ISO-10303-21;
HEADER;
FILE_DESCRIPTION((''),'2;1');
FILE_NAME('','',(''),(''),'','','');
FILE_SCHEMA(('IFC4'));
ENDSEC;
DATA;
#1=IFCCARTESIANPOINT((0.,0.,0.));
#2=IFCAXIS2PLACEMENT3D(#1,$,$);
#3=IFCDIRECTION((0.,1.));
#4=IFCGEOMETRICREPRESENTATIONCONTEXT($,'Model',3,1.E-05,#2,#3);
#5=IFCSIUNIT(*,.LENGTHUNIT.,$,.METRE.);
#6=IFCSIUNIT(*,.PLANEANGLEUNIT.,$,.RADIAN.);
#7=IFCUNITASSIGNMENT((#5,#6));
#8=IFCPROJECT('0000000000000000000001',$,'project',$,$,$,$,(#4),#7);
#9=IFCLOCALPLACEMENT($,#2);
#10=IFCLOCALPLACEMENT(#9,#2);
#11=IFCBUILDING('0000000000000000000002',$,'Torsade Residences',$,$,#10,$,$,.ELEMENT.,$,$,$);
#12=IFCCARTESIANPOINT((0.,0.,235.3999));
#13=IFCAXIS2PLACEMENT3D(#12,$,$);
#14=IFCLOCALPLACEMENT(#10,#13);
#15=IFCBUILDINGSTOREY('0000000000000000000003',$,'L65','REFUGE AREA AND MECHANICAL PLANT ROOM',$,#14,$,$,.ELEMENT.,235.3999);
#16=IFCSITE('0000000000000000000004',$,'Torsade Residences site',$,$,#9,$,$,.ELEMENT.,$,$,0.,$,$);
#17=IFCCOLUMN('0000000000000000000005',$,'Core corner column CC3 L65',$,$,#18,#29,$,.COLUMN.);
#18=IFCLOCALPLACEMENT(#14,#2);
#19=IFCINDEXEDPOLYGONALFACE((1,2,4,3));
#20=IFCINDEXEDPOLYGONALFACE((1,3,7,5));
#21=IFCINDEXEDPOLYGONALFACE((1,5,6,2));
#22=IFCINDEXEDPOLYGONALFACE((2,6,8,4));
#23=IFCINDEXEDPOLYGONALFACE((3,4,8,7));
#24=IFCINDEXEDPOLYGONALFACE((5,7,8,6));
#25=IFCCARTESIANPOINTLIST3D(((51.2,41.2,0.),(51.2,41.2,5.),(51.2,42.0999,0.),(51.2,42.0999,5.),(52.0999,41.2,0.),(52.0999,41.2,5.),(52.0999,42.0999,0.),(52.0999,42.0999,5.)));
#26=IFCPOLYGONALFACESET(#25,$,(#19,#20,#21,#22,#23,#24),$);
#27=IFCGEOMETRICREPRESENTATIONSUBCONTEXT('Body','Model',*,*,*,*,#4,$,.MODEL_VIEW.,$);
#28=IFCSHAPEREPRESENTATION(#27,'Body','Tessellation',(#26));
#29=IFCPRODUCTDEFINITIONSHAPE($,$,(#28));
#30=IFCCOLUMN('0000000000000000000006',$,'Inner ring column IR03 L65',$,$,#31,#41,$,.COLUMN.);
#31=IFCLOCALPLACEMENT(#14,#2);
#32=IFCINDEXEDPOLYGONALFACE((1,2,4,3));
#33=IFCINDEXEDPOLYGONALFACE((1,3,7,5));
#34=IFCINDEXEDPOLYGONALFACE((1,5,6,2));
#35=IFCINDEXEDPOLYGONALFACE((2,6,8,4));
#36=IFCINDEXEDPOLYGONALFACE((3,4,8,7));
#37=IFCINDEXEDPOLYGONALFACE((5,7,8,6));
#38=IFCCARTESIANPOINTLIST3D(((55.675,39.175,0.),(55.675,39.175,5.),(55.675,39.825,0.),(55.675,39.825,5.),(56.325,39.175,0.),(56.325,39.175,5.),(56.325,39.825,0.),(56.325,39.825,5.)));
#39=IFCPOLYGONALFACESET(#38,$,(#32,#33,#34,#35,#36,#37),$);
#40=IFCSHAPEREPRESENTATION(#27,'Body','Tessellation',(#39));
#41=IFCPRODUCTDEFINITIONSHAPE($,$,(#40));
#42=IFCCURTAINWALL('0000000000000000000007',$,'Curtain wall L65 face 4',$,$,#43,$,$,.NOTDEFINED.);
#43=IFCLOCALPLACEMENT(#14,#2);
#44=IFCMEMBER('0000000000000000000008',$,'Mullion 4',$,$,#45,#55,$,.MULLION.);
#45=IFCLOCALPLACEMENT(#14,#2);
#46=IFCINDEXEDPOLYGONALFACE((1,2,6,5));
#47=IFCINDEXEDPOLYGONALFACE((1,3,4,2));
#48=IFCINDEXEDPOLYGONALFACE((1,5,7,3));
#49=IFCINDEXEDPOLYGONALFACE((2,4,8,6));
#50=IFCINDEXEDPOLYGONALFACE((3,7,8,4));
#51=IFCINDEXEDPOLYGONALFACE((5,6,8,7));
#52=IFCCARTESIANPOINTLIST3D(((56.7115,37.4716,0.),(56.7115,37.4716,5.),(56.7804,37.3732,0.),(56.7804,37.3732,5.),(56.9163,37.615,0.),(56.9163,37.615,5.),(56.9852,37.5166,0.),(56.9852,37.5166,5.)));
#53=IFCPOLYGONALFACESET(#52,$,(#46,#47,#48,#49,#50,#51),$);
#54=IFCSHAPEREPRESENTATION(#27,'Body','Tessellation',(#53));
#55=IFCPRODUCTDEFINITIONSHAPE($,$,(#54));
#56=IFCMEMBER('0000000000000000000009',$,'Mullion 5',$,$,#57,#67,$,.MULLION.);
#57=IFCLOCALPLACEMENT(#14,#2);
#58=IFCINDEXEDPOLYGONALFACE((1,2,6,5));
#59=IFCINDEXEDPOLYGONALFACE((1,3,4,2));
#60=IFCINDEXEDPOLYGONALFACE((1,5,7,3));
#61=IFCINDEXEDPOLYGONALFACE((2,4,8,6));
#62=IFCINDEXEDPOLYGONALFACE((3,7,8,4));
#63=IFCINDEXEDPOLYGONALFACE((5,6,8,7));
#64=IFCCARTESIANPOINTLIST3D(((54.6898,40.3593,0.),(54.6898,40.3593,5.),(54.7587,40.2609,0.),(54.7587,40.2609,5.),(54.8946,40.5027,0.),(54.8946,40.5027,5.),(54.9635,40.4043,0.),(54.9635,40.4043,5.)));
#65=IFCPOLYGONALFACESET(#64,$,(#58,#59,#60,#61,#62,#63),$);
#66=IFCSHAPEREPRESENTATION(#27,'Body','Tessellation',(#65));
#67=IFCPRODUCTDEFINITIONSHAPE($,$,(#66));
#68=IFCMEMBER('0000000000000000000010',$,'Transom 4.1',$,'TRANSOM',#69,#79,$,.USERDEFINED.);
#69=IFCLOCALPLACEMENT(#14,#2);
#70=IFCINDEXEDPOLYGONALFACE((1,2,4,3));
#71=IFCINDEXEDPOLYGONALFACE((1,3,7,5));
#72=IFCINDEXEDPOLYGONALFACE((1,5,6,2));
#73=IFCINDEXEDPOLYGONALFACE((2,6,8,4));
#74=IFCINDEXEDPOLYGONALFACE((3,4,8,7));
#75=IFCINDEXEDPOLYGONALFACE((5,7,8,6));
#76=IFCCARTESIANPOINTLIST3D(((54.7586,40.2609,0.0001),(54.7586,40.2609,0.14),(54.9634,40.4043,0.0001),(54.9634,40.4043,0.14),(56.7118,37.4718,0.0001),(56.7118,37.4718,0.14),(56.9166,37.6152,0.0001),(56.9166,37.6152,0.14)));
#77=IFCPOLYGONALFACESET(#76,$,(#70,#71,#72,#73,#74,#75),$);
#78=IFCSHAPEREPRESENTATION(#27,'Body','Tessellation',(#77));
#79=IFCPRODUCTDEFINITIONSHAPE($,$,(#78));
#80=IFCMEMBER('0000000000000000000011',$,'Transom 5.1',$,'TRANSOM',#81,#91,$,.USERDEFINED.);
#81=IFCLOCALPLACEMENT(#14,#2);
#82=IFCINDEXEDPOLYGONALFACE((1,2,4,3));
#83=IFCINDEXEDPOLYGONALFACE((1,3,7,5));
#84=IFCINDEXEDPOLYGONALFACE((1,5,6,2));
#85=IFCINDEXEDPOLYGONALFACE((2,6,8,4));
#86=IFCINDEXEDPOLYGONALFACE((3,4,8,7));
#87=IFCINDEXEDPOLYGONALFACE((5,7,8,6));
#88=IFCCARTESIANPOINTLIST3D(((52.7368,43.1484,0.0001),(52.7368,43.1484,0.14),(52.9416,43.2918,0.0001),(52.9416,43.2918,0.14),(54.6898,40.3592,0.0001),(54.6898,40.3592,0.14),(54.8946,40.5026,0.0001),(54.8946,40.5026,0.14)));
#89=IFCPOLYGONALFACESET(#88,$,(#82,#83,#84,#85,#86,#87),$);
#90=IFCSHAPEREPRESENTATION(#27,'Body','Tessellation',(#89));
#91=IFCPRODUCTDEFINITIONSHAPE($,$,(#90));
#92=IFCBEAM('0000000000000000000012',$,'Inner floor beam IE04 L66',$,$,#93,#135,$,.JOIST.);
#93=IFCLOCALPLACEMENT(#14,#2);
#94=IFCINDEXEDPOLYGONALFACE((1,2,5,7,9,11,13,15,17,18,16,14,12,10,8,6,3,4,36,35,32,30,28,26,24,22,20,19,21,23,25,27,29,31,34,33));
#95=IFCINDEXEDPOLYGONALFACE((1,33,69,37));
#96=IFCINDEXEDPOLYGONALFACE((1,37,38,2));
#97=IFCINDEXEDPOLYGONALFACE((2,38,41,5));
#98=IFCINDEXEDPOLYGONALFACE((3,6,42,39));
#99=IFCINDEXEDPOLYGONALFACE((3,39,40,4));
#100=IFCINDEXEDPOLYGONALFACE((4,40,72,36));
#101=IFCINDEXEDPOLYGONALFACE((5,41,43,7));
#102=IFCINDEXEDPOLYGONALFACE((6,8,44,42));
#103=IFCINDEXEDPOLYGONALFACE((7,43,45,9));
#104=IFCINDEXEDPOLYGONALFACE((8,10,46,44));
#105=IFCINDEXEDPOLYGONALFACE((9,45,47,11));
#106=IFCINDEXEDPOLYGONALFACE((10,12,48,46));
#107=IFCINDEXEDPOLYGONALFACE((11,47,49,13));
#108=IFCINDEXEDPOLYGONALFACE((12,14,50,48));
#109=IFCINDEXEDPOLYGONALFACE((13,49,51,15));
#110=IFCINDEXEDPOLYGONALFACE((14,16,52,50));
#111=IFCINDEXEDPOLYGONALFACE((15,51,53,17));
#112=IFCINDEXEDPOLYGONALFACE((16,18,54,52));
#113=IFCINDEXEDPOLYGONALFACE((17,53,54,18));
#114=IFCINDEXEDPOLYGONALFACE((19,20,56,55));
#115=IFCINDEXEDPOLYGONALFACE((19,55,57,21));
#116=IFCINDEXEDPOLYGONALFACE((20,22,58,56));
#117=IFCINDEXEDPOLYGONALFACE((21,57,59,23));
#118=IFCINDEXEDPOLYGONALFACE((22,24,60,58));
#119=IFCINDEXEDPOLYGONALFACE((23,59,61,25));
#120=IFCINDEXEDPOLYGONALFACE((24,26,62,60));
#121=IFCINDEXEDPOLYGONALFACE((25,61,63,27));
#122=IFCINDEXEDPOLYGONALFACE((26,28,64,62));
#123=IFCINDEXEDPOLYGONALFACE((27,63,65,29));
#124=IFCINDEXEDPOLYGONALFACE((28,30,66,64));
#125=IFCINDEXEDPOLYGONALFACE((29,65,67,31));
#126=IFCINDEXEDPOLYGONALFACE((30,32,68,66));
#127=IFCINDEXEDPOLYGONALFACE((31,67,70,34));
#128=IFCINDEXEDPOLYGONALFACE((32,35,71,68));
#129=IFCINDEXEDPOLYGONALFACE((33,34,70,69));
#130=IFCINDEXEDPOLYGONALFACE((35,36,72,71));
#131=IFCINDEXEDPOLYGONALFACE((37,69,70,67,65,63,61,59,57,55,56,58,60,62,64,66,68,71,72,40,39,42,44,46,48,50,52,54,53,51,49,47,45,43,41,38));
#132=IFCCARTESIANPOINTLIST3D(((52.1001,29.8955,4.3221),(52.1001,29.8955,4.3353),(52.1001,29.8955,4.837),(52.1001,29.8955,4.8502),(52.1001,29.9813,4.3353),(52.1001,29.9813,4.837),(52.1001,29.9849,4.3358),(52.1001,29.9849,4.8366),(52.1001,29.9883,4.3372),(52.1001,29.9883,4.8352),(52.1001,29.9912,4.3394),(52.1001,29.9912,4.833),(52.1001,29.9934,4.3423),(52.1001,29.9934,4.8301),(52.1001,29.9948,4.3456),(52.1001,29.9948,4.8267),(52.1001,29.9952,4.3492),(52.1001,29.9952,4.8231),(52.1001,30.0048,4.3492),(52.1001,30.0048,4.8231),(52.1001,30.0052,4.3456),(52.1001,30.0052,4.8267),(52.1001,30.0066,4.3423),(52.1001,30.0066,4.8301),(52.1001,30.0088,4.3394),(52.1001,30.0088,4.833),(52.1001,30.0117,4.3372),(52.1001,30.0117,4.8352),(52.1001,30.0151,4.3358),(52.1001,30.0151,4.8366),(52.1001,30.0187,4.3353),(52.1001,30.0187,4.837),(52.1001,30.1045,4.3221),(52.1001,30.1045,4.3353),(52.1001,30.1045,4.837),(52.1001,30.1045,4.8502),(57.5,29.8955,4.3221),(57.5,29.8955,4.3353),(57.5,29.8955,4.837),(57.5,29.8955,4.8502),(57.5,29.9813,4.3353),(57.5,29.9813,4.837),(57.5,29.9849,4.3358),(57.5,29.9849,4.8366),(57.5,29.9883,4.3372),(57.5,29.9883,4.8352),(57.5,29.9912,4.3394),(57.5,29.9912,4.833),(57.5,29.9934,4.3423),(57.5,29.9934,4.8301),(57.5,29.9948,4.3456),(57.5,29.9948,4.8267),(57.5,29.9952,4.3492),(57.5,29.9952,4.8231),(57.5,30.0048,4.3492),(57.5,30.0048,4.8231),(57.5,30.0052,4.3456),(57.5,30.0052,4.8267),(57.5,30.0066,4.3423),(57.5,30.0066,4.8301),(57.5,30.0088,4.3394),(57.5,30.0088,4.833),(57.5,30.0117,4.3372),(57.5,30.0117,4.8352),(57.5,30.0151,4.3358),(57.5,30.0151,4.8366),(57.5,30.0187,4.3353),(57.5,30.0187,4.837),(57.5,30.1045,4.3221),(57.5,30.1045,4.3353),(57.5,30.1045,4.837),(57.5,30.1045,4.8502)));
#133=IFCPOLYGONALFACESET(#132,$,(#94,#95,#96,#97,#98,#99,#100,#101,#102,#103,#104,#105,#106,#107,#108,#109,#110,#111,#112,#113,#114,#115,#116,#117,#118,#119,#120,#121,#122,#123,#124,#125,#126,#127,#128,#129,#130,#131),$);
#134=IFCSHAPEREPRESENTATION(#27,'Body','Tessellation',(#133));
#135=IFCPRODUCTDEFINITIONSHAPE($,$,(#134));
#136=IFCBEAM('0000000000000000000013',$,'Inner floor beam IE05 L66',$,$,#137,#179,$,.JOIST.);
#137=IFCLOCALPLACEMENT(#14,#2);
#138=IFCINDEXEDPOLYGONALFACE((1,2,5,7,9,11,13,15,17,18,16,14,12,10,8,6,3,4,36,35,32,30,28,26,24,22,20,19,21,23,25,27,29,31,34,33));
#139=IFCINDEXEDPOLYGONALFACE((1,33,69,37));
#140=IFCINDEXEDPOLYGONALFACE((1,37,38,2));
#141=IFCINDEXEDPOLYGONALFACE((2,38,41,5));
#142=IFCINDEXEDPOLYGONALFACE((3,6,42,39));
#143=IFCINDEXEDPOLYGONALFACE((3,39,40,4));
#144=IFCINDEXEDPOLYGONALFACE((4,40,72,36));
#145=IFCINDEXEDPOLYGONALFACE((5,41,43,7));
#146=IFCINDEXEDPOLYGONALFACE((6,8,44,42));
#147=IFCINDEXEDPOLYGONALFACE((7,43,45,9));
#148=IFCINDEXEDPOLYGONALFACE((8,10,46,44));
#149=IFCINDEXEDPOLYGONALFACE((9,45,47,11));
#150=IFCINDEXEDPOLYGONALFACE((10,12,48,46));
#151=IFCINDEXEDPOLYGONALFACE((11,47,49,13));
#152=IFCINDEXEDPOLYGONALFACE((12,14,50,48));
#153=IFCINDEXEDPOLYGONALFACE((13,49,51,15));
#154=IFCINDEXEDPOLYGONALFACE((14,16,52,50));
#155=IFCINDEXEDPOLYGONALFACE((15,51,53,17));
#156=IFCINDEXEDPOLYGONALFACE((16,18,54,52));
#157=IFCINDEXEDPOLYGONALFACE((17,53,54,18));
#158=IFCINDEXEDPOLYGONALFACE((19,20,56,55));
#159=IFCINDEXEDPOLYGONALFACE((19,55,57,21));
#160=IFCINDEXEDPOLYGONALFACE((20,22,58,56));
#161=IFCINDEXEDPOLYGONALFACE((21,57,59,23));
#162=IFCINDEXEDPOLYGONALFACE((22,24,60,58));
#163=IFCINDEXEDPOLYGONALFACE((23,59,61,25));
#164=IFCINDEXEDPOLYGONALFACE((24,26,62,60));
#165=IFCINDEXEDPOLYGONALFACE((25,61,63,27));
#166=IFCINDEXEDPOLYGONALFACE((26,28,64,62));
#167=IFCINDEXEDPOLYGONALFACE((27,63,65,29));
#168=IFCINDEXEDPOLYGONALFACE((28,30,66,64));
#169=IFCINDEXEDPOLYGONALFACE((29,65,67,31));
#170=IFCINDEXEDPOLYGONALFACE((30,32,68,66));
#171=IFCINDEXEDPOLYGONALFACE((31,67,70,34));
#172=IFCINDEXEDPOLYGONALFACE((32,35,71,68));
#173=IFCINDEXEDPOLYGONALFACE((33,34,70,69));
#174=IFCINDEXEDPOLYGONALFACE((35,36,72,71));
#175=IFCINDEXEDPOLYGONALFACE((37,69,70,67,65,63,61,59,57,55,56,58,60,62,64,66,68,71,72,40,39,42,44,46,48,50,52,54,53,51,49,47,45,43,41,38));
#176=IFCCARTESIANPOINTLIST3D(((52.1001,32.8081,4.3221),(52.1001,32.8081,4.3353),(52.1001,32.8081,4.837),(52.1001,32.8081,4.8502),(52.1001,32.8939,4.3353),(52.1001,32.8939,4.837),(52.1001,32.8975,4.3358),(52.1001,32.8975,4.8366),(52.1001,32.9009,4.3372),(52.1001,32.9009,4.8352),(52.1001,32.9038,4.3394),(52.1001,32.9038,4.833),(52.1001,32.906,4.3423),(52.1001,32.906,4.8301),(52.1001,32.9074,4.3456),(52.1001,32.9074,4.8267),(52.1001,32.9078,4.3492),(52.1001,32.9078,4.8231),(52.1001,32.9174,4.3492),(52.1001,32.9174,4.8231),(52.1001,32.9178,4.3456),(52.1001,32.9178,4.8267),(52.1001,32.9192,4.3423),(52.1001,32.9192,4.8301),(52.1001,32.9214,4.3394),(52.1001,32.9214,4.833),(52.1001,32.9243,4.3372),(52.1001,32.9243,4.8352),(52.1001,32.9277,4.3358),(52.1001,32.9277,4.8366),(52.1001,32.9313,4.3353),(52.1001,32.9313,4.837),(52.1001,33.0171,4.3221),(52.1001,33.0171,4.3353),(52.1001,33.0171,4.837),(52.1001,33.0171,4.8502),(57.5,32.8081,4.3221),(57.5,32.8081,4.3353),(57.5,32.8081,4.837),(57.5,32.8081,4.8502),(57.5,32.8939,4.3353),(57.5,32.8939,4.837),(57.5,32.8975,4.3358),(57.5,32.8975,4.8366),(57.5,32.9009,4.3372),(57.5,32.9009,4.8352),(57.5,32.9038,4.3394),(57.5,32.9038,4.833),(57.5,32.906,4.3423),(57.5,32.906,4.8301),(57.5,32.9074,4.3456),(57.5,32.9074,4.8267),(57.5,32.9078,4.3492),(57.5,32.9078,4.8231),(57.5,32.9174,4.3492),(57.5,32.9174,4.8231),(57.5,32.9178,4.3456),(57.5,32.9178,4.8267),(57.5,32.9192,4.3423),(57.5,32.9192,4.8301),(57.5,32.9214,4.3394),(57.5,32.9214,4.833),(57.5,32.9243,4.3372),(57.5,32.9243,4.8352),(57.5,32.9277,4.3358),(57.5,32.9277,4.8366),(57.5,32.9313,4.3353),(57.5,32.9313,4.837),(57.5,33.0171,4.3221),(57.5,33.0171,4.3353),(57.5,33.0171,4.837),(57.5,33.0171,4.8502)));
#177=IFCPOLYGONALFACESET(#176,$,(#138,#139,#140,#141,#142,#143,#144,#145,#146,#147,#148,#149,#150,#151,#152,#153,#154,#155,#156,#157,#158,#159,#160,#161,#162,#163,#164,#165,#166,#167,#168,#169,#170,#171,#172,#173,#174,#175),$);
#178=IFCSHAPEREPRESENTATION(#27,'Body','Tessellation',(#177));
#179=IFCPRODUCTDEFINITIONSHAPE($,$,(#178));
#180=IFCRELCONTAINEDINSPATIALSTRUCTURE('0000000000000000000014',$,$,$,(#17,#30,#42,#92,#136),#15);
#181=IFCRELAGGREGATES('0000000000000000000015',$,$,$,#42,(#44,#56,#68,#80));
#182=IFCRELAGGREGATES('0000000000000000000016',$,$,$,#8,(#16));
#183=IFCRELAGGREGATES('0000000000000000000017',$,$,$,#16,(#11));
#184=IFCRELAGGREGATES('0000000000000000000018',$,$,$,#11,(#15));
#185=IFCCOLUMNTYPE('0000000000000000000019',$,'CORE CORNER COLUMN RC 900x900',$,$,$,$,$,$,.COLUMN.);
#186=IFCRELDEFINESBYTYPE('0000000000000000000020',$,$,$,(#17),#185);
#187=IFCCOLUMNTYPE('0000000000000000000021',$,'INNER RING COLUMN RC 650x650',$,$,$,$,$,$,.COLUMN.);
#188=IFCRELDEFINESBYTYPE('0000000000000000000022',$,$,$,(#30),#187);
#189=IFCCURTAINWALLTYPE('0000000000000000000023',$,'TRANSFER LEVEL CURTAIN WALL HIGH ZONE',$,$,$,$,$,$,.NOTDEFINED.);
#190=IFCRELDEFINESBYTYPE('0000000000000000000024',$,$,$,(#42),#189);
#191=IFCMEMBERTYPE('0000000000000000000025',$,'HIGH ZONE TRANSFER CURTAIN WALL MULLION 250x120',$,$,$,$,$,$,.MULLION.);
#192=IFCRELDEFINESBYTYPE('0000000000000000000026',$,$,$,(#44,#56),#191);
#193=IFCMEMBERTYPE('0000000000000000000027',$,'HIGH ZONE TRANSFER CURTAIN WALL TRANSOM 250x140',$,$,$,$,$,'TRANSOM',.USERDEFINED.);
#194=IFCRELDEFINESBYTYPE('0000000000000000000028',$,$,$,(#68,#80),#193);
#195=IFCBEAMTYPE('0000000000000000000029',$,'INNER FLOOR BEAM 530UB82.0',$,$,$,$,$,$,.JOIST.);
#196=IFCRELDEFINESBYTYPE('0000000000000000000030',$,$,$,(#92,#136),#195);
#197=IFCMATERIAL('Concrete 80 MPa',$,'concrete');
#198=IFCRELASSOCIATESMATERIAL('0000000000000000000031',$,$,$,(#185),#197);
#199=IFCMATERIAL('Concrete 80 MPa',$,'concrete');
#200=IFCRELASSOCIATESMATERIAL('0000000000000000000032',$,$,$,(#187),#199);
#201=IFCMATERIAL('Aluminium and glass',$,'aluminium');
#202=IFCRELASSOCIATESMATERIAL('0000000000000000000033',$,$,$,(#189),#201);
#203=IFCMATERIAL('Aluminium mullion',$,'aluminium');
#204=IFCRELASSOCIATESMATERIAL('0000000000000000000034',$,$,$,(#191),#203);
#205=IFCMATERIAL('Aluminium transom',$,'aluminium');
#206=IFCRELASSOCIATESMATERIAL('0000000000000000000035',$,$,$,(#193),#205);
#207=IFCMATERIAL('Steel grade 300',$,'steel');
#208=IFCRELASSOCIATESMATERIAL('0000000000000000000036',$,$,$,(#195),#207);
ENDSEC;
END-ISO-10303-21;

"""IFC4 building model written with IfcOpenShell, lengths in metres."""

from ifc_helpers import new_model, si_unit, direction, frame, origin, origin_2d, place, context, subcontext, project, spatial, rectangle, i_section, extrude, material, material_profile, profile_set, type_object, element, aggregate, save


model = new_model("IFC4")

# Units and contexts
model_context = context("Model", 3, precision=1e-05, world=origin(), true_north=direction((0.0, 1.0)))
body_context = subcontext(model_context, "Body", "Model", "MODEL_VIEW")
ifc_project = project(units=[si_unit("LENGTHUNIT", "METRE"), si_unit("PLANEANGLEUNIT", "RADIAN")], contexts=[model_context])

# Site, building, storey
site_placement = place(None, origin())
site = spatial("IfcSite", under=ifc_project, at=site_placement, Name="Torsade Residences site", CompositionType="ELEMENT", RefElevation=0.0)
building_placement = place(site_placement, origin())
building = spatial("IfcBuilding", under=site, at=building_placement, Name="Torsade Residences", CompositionType="ELEMENT")
storey_placement = place(building_placement, frame((0.0, 0.0, 235.3999)))
storey = spatial("IfcBuildingStorey", under=building, at=storey_placement, Name="L65", Description="REFUGE AREA AND MECHANICAL PLANT ROOM", CompositionType="ELEMENT", Elevation=235.3999)

# Columns
ifc_material_1 = material(Name="Concrete 80 MPa", Category="concrete")
ifc_material_profile_1 = material_profile(ifc_material_1, rectangle(XDim=0.8999, YDim=0.8999, at=origin_2d()), Name="RC 900x900")
ifc_profile_set_1 = profile_set([ifc_material_profile_1], Name="Concrete 80 MPa")
column_type_1 = type_object("IfcColumnType", Name="CORE CORNER COLUMN RC 900x900", PredefinedType="COLUMN", material=ifc_profile_set_1)
column_1_placement = place(storey_placement, frame((51.6499, 41.6499, 0.0), z_axis=(0.0, 0.0, 1.0), x_axis=(1.0, 0.0, 0.0)))
element("IfcColumn", 1, at=column_1_placement, inside=storey, type_object=column_type_1, Name="Core corner column CC3 L65", PredefinedType="COLUMN", context=body_context, shape_type="SweptSolid", body=[
    extrude(rectangle(XDim=0.8999, YDim=0.8999, at=origin_2d()), origin(), (0.0, 0.0, 1.0), 5.0),
])
ifc_material_2 = material(Name="Concrete 80 MPa", Category="concrete")
ifc_material_profile_2 = material_profile(ifc_material_2, rectangle(XDim=0.6499, YDim=0.6499, at=origin_2d()), Name="RC 650x650")
ifc_profile_set_2 = profile_set([ifc_material_profile_2], Name="Concrete 80 MPa")
column_type_2 = type_object("IfcColumnType", Name="INNER RING COLUMN RC 650x650", PredefinedType="COLUMN", material=ifc_profile_set_2)
column_2_placement = place(storey_placement, frame((56.0, 39.5, 0.0), z_axis=(0.0, 0.0, 1.0), x_axis=(1.0, 0.0, 0.0)))
element("IfcColumn", 2, at=column_2_placement, inside=storey, type_object=column_type_2, Name="Inner ring column IR03 L65", PredefinedType="COLUMN", context=body_context, shape_type="SweptSolid", body=[
    extrude(rectangle(XDim=0.6499, YDim=0.6499, at=origin_2d()), origin(), (0.0, 0.0, 1.0), 5.0),
])

# Curtain wall, members
ifc_material_3 = material(Name="Aluminium and glass", Category="aluminium")
curtain_wall_type = type_object("IfcCurtainWallType", Name="TRANSFER LEVEL CURTAIN WALL HIGH ZONE", PredefinedType="NOTDEFINED", material=ifc_material_3)
curtain_wall_placement = place(storey_placement, origin())
curtain_wall = element("IfcCurtainWall", 3, at=curtain_wall_placement, inside=storey, type_object=curtain_wall_type, Name="Curtain wall L65 face 4", PredefinedType="NOTDEFINED")
ifc_material_4 = material(Name="Aluminium mullion", Category="aluminium")
ifc_material_profile_3 = material_profile(ifc_material_4, rectangle(XDim=0.25, YDim=0.1201, at=origin_2d()), Name="HIGH ZONE TRANSFER CURTAIN WALL MULLION 250x120")
ifc_profile_set_3 = profile_set([ifc_material_profile_3], Name="Aluminium mullion")
member_type_1 = type_object("IfcMemberType", Name="HIGH ZONE TRANSFER CURTAIN WALL MULLION 250x120", PredefinedType="MULLION", material=ifc_profile_set_3)
member_1_placement = place(storey_placement, frame((56.8484, 37.4941, 0.0), z_axis=(0.0, 0.0, 1.0), x_axis=(-0.819152, -0.573576, 0.0)))
member_1 = element("IfcMember", 4, at=member_1_placement, type_object=member_type_1, Name="Mullion 4", PredefinedType="MULLION", context=body_context, shape_type="SweptSolid", body=[
    extrude(rectangle(XDim=0.25, YDim=0.1201, at=origin_2d()), origin(), (0.0, 0.0, 1.0), 5.0),
])
member_2_placement = place(storey_placement, frame((54.8267, 40.3818, 0.0), z_axis=(0.0, 0.0, 1.0), x_axis=(-0.819152, -0.573576, 0.0)))
member_2 = element("IfcMember", 5, at=member_2_placement, type_object=member_type_1, Name="Mullion 5", PredefinedType="MULLION", context=body_context, shape_type="SweptSolid", body=[
    extrude(rectangle(XDim=0.25, YDim=0.1201, at=origin_2d()), origin(), (0.0, 0.0, 1.0), 5.0),
])
ifc_material_5 = material(Name="Aluminium transom", Category="aluminium")
ifc_material_profile_4 = material_profile(ifc_material_5, rectangle(XDim=0.25, YDim=0.1399, at=origin_2d()), Name="HIGH ZONE TRANSFER CURTAIN WALL TRANSOM 250x140")
ifc_profile_set_4 = profile_set([ifc_material_profile_4], Name="Aluminium transom")
member_type_2 = type_object("IfcMemberType", Name="HIGH ZONE TRANSFER CURTAIN WALL TRANSOM 250x140", ElementType="TRANSOM", PredefinedType="USERDEFINED", material=ifc_profile_set_4)
member_3_placement = place(storey_placement, frame((56.8142, 37.5435, 0.0701), z_axis=(-0.573616, 0.819124, 0.0), x_axis=(-0.819124, -0.573616, 0.0)))
member_3 = element("IfcMember", 6, at=member_3_placement, type_object=member_type_2, Name="Transom 4.1", ObjectType="TRANSOM", PredefinedType="USERDEFINED", context=body_context, shape_type="SweptSolid", body=[
    extrude(rectangle(XDim=0.25, YDim=0.1399, at=origin_2d()), origin(), (0.0, 0.0, 1.0), 3.405),
])
member_4_placement = place(storey_placement, frame((54.7922, 40.4309, 0.0701), z_axis=(-0.573583, 0.819148, 0.0), x_axis=(-0.819148, -0.573583, 0.0)))
member_4 = element("IfcMember", 7, at=member_4_placement, type_object=member_type_2, Name="Transom 5.1", ObjectType="TRANSOM", PredefinedType="USERDEFINED", context=body_context, shape_type="SweptSolid", body=[
    extrude(rectangle(XDim=0.25, YDim=0.1399, at=origin_2d()), origin(), (0.0, 0.0, 1.0), 3.405),
])

# Beams
ifc_material_6 = material(Name="Steel grade 300", Category="steel")
ifc_material_profile_5 = material_profile(ifc_material_6, i_section(OverallWidth=0.209, OverallDepth=0.5281, WebThickness=0.0095, FlangeThickness=0.0132, FilletRadius=0.0139, at=origin_2d()), Name="530UB82.0")
ifc_profile_set_5 = profile_set([ifc_material_profile_5], Name="Steel grade 300")
beam_type_1 = type_object("IfcBeamType", Name="INNER FLOOR BEAM 530UB82.0", PredefinedType="JOIST", material=ifc_profile_set_5)
for number, where, z_axis, x_axis, name in (
    (8, (52.1001, 30.0, 4.5862), (1.0, 0.0, 0.0), (0.0, 1.0, 0.0), "Inner floor beam IE04 L66"),
    (9, (52.1001, 32.9126, 4.5862), (1.0, 0.0, 0.0), (0.0, 1.0, 0.0), "Inner floor beam IE05 L66"),
):
    element("IfcBeam", number, at=place(storey_placement, frame(where, z_axis=z_axis, x_axis=x_axis)), inside=storey, type_object=beam_type_1, Name=name, PredefinedType="JOIST", context=body_context, shape_type="SweptSolid", body=[
        extrude(i_section(OverallWidth=0.209, OverallDepth=0.5281, WebThickness=0.0095, FlangeThickness=0.0132, FilletRadius=0.0139, at=origin_2d()), origin(), (0.0, 0.0, 1.0), 5.3999),
    ])

aggregate(curtain_wall, [member_1, member_2, member_3, member_4])

save(model, "model.ifc")
